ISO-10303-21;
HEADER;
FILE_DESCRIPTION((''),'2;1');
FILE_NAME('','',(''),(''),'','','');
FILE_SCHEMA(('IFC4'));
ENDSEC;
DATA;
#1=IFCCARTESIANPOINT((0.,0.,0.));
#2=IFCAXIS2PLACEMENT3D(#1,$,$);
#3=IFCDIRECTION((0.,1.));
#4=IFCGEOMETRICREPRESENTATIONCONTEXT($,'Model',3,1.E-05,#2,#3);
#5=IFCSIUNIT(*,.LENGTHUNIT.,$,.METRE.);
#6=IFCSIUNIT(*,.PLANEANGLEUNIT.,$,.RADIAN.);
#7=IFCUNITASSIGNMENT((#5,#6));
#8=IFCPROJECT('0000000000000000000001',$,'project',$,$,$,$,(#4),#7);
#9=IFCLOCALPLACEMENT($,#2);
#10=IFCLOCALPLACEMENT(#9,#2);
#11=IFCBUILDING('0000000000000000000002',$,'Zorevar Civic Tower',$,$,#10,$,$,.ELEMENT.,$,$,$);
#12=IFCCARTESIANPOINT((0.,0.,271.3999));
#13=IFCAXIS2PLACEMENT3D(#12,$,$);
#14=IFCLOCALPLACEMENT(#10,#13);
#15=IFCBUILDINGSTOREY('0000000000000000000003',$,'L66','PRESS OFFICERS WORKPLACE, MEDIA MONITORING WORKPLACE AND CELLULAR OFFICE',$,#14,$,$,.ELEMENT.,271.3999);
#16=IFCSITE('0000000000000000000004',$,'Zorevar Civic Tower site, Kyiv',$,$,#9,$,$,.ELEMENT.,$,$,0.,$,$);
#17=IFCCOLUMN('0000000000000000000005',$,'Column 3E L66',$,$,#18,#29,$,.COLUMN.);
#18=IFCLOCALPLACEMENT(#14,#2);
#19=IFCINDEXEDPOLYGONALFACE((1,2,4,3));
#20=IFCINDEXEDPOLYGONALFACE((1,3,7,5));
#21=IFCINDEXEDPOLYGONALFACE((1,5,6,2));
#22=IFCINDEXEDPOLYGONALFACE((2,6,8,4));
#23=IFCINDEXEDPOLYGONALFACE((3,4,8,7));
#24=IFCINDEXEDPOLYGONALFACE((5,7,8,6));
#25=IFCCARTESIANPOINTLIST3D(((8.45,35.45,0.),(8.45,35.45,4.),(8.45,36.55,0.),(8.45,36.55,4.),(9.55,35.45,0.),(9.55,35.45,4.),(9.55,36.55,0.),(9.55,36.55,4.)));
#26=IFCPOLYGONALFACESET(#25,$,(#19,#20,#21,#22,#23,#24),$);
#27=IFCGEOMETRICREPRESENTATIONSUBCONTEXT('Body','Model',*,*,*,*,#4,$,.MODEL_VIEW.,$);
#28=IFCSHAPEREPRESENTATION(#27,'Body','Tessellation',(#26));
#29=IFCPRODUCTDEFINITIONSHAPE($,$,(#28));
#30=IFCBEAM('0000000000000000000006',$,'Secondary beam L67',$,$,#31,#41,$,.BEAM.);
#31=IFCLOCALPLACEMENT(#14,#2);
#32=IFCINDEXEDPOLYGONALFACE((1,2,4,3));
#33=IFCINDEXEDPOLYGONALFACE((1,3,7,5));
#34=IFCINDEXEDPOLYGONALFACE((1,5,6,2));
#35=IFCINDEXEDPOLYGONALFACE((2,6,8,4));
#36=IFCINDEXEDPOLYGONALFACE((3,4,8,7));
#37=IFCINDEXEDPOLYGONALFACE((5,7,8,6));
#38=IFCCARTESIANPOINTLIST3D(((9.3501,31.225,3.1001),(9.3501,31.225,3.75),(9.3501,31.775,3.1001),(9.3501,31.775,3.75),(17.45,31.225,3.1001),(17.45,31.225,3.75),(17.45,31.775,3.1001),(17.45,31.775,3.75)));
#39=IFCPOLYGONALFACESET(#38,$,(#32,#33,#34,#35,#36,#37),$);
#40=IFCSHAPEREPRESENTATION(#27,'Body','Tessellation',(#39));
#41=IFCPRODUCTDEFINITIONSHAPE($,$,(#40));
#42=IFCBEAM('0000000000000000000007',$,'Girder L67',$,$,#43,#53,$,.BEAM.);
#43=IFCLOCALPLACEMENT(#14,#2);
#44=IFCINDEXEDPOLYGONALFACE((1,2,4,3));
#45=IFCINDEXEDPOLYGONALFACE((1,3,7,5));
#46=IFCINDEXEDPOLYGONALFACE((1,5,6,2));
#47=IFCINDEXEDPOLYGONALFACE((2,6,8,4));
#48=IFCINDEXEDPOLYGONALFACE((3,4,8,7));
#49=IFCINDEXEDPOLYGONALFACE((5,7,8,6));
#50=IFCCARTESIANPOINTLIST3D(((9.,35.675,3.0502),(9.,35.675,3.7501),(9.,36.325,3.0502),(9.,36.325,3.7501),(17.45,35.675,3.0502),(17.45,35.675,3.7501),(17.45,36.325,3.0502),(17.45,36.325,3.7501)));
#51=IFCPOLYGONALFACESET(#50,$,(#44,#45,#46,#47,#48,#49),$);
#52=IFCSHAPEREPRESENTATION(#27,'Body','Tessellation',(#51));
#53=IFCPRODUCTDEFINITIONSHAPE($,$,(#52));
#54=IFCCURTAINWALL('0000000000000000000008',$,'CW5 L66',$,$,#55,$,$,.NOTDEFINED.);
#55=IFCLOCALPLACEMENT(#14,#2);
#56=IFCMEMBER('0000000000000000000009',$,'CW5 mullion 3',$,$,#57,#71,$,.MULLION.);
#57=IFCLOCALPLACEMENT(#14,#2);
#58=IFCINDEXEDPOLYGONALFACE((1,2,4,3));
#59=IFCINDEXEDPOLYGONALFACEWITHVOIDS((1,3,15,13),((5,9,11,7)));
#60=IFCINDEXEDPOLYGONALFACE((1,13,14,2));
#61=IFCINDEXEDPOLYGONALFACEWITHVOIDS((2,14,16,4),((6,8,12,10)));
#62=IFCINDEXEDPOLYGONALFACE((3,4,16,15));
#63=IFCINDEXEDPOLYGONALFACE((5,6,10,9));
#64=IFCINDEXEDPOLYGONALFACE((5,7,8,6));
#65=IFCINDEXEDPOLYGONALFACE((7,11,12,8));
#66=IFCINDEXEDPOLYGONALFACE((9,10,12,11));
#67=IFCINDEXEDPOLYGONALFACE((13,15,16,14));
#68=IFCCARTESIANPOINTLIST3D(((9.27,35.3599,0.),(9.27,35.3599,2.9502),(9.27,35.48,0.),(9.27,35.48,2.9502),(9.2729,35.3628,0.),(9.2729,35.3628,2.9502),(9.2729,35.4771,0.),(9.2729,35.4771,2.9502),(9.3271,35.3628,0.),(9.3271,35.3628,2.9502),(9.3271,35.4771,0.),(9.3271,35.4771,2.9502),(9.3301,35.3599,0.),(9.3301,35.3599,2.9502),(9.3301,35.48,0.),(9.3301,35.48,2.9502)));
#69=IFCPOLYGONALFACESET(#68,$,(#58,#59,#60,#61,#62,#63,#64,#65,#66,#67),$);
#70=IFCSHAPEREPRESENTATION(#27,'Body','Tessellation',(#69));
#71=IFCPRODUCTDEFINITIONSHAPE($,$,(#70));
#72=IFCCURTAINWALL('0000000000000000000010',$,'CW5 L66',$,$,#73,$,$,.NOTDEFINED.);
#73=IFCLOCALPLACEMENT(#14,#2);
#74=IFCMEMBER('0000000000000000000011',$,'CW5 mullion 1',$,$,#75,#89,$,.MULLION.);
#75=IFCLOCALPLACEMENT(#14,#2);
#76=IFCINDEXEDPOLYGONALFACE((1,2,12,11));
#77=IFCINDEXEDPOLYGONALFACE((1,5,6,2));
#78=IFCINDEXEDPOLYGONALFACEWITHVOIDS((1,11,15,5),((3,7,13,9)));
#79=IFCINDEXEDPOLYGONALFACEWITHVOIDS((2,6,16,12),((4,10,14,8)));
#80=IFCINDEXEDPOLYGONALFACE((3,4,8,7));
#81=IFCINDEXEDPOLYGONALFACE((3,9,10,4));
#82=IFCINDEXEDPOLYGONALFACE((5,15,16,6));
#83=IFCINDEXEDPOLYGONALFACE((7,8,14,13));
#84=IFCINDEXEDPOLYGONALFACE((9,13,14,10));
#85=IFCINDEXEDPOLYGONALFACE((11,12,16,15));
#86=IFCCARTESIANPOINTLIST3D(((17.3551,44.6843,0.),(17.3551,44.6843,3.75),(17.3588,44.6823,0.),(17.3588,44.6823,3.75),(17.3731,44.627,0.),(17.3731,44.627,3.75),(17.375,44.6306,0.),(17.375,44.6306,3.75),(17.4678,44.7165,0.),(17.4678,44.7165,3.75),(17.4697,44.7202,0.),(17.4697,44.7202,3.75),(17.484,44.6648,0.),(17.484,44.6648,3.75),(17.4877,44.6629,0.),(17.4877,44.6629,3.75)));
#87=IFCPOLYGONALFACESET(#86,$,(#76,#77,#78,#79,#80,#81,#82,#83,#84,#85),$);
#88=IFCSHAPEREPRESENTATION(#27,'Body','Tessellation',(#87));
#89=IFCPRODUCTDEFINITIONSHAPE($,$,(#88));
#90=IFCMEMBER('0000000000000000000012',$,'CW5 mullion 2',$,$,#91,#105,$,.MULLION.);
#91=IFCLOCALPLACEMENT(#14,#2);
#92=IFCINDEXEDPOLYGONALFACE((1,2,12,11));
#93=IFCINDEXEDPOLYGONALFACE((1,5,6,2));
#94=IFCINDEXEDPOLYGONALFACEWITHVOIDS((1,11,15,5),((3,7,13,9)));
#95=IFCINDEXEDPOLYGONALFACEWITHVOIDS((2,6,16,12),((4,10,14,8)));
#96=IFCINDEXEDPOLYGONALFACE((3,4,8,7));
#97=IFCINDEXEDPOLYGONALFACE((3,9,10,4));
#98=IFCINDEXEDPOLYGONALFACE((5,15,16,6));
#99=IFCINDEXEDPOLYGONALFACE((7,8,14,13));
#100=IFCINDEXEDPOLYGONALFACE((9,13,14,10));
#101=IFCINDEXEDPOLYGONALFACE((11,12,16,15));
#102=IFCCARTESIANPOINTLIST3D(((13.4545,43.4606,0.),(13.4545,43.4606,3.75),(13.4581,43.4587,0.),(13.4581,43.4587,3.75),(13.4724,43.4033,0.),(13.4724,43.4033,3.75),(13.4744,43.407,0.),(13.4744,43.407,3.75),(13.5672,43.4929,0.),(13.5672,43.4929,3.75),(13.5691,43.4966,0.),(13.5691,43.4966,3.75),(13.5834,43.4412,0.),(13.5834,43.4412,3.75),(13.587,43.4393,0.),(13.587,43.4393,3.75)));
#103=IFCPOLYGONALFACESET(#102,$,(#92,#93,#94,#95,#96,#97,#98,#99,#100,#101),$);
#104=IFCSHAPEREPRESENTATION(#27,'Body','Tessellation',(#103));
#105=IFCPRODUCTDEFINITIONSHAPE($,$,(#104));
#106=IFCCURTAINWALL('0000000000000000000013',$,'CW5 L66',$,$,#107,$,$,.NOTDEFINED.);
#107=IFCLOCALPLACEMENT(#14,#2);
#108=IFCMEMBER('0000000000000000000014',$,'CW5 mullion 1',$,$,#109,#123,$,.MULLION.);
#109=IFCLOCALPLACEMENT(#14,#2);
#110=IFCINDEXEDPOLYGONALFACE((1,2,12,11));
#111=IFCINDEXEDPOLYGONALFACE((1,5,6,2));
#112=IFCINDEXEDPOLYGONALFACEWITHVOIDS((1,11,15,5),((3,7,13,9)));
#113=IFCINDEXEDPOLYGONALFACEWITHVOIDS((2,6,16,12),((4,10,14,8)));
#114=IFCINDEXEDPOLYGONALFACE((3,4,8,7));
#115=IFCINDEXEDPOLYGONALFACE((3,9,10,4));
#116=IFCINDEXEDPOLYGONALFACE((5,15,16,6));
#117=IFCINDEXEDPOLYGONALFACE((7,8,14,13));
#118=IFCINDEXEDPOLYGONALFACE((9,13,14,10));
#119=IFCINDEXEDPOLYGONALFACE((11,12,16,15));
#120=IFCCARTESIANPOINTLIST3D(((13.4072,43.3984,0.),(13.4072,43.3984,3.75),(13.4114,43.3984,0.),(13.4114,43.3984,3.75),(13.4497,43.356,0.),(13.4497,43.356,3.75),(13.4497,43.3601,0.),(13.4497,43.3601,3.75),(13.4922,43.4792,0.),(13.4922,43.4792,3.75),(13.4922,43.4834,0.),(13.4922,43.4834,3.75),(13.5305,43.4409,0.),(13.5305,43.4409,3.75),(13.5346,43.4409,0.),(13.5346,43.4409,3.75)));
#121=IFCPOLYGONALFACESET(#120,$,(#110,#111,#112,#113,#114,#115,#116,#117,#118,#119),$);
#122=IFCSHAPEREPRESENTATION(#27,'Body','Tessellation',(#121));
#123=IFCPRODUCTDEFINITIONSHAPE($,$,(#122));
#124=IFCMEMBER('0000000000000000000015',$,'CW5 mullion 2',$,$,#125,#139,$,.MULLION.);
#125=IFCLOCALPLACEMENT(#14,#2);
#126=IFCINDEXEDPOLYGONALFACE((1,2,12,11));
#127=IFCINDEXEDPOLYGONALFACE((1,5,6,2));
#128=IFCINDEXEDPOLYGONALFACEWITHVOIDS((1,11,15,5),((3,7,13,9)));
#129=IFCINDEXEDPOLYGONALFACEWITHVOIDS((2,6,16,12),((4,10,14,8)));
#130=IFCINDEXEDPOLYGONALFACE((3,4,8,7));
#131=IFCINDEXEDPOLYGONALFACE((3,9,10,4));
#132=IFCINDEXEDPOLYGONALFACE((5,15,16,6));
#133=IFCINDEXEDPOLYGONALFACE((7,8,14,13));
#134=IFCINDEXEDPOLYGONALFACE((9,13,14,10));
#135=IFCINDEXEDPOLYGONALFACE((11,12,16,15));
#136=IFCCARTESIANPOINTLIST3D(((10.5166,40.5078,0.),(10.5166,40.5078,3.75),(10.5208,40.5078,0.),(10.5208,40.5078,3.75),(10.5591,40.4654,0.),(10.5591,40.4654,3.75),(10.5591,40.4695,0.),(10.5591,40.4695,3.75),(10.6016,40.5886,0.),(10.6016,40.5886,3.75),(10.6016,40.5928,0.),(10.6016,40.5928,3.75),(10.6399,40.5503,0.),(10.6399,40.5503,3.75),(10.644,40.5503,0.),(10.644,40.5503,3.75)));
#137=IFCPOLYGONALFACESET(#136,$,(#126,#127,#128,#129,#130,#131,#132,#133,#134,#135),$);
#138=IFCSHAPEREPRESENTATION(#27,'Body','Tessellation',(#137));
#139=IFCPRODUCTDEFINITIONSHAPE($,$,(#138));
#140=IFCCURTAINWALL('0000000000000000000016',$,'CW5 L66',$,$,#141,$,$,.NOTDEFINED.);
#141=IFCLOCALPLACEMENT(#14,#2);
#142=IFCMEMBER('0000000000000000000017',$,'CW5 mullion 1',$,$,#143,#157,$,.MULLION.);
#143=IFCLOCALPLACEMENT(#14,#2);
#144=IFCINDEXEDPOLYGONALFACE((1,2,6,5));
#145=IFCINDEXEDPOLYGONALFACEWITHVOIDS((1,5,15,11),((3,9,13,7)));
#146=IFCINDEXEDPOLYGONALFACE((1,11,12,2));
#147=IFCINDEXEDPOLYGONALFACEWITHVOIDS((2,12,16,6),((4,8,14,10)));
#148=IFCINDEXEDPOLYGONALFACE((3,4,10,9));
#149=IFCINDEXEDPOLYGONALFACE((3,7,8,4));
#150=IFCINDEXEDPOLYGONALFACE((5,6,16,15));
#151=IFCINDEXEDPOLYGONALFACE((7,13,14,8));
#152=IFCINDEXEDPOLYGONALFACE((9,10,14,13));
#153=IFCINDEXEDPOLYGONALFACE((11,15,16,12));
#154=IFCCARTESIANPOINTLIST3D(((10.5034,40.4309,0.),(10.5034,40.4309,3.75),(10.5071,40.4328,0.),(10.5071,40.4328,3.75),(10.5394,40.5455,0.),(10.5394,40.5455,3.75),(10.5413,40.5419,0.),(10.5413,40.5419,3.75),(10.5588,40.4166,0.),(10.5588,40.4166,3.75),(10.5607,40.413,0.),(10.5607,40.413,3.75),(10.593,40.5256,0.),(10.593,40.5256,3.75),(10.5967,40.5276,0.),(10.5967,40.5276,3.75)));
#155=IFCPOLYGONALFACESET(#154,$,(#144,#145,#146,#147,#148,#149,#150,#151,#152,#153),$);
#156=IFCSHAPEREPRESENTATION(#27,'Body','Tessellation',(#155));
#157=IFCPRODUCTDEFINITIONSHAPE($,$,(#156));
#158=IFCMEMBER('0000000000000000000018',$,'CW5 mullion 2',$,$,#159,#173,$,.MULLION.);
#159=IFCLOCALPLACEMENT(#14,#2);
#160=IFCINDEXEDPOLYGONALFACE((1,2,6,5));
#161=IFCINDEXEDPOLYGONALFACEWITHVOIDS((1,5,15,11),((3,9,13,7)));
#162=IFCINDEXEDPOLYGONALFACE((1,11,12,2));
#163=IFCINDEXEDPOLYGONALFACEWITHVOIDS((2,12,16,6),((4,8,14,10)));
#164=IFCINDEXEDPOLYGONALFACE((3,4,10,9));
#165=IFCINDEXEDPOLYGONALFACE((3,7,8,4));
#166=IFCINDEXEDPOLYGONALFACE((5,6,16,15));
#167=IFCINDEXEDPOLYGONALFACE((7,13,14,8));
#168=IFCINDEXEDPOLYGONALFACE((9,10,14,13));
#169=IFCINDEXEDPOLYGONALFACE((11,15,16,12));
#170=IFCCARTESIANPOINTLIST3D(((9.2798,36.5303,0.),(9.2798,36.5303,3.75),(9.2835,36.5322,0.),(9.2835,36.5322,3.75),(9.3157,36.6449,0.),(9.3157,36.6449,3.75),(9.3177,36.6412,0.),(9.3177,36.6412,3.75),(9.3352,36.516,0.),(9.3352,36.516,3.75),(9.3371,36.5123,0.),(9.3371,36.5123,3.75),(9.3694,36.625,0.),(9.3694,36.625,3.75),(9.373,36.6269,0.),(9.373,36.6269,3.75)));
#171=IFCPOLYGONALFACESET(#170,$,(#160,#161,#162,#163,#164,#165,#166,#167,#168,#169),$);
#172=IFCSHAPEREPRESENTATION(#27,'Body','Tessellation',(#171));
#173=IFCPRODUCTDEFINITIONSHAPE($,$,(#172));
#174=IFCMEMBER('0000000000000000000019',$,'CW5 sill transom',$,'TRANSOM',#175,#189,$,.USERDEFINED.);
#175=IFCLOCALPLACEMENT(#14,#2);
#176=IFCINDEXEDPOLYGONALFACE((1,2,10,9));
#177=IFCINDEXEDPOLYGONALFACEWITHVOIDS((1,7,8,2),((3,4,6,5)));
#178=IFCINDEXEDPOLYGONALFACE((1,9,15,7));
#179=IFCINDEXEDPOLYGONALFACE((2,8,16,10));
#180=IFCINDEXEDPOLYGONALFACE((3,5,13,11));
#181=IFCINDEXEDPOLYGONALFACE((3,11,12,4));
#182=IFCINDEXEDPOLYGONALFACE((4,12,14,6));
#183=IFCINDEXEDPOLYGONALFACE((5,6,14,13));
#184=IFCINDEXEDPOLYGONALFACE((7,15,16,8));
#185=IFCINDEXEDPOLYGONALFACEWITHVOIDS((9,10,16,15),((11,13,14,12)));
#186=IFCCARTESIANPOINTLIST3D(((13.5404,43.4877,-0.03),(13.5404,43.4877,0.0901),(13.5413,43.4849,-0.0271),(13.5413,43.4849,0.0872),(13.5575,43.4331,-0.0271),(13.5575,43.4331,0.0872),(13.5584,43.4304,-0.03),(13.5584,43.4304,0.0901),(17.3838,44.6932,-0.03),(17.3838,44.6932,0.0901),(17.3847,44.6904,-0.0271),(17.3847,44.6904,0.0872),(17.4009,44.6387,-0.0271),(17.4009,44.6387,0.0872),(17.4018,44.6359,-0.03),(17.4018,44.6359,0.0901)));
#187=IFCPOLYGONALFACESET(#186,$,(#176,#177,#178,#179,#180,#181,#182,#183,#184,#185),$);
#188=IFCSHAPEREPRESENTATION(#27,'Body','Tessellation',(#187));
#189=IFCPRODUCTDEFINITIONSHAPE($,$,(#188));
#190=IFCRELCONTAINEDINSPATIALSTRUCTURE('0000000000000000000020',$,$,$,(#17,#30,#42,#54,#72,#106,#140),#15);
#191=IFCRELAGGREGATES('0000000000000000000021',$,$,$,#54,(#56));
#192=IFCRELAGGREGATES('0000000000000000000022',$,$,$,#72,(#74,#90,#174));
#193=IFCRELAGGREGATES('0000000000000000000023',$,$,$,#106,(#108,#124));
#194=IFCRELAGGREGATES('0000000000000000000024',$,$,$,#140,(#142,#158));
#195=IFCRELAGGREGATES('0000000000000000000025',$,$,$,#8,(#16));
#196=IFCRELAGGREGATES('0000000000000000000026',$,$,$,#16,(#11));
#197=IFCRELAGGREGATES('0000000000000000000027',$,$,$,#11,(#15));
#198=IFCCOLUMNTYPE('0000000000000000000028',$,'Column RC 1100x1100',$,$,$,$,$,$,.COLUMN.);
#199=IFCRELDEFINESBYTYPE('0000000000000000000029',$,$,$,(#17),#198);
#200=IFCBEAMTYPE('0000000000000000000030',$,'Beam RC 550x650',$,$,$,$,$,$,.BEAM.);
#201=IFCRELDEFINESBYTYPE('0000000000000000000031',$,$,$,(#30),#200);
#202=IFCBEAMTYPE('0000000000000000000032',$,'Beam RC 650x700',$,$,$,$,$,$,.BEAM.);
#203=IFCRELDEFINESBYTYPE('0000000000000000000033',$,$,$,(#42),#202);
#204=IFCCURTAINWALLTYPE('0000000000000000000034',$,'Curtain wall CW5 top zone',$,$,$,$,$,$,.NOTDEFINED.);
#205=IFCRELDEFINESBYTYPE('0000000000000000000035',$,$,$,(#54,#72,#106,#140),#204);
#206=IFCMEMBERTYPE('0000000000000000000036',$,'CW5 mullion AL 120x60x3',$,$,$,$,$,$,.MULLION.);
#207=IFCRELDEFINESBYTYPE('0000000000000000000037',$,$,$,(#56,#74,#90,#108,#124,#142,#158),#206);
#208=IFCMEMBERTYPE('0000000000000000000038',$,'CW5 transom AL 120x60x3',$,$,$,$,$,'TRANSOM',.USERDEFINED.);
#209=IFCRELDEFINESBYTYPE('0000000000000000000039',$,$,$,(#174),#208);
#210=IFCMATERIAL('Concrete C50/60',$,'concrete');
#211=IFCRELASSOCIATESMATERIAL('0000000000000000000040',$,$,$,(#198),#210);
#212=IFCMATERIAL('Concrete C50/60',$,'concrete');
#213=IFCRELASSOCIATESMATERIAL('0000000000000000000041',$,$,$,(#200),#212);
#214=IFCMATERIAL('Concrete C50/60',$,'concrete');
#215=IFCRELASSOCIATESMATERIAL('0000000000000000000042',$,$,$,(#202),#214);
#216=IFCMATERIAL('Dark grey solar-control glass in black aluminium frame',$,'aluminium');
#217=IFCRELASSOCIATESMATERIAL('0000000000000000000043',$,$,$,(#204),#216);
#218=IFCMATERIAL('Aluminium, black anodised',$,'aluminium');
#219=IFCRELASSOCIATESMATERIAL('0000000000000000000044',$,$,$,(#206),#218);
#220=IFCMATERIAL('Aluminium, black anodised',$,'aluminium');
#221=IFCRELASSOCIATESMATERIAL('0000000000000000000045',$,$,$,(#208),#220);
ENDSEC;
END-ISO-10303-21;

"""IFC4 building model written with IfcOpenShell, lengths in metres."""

from ifc_helpers import new_model, si_unit, direction, frame, origin, origin_2d, place, context, subcontext, project, spatial, rectangle, hollow_rectangle, extrude, material, material_profile, profile_set, type_object, element, aggregate, save


model = new_model("IFC4")

# Units and contexts
model_context = context("Model", 3, precision=1e-05, world=origin(), true_north=direction((0.0, 1.0)))
body_context = subcontext(model_context, "Body", "Model", "MODEL_VIEW")
ifc_project = project(units=[si_unit("LENGTHUNIT", "METRE"), si_unit("PLANEANGLEUNIT", "RADIAN")], contexts=[model_context])

# Site, building, storey
site_placement = place(None, origin())
site = spatial("IfcSite", under=ifc_project, at=site_placement, Name="Zorevar Civic Tower site, Kyiv", CompositionType="ELEMENT", RefElevation=0.0)
building_placement = place(site_placement, origin())
building = spatial("IfcBuilding", under=site, at=building_placement, Name="Zorevar Civic Tower", CompositionType="ELEMENT")
storey_placement = place(building_placement, frame((0.0, 0.0, 271.3999)))
storey = spatial("IfcBuildingStorey", under=building, at=storey_placement, Name="L66", Description="PRESS OFFICERS WORKPLACE, MEDIA MONITORING WORKPLACE AND CELLULAR OFFICE", CompositionType="ELEMENT", Elevation=271.3999)

# Column
ifc_material_1 = material(Name="Concrete C50/60", Category="concrete")
ifc_material_profile_1 = material_profile(ifc_material_1, rectangle(XDim=1.1001, YDim=1.1001, at=origin_2d()), Name="RC 1100x1100")
ifc_profile_set_1 = profile_set([ifc_material_profile_1], Name="Concrete C50/60")
column_type = type_object("IfcColumnType", Name="Column RC 1100x1100", PredefinedType="COLUMN", material=ifc_profile_set_1)
column_placement = place(storey_placement, frame((9.0, 36.0, 0.0), z_axis=(0.0, 0.0, 1.0), x_axis=(1.0, 0.0, 0.0)))
element("IfcColumn", 1, at=column_placement, inside=storey, type_object=column_type, Name="Column 3E L66", PredefinedType="COLUMN", context=body_context, shape_type="SweptSolid", body=[
    extrude(rectangle(XDim=1.1001, YDim=1.1001, at=origin_2d()), origin(), (0.0, 0.0, 1.0), 4.0),
])

# Beams
ifc_material_2 = material(Name="Concrete C50/60", Category="concrete")
ifc_material_profile_2 = material_profile(ifc_material_2, rectangle(XDim=0.55, YDim=0.6499, at=origin_2d()), Name="RC 550x650")
ifc_profile_set_2 = profile_set([ifc_material_profile_2], Name="Concrete C50/60")
beam_type_1 = type_object("IfcBeamType", Name="Beam RC 550x650", PredefinedType="BEAM", material=ifc_profile_set_2)
beam_1_placement = place(storey_placement, frame((9.3501, 31.5, 3.425), z_axis=(1.0, 0.0, 0.0), x_axis=(0.0, 1.0, 0.0)))
element("IfcBeam", 2, at=beam_1_placement, inside=storey, type_object=beam_type_1, Name="Secondary beam L67", PredefinedType="BEAM", context=body_context, shape_type="SweptSolid", body=[
    extrude(rectangle(XDim=0.55, YDim=0.6499, at=origin_2d()), origin(), (0.0, 0.0, 1.0), 8.0999),
])
ifc_material_3 = material(Name="Concrete C50/60", Category="concrete")
ifc_material_profile_3 = material_profile(ifc_material_3, rectangle(XDim=0.6499, YDim=0.7, at=origin_2d()), Name="RC 650x700")
ifc_profile_set_3 = profile_set([ifc_material_profile_3], Name="Concrete C50/60")
beam_type_2 = type_object("IfcBeamType", Name="Beam RC 650x700", PredefinedType="BEAM", material=ifc_profile_set_3)
beam_2_placement = place(storey_placement, frame((9.0, 36.0, 3.4001), z_axis=(1.0, 0.0, 0.0), x_axis=(0.0, 1.0, 0.0)))
element("IfcBeam", 3, at=beam_2_placement, inside=storey, type_object=beam_type_2, Name="Girder L67", PredefinedType="BEAM", context=body_context, shape_type="SweptSolid", body=[
    extrude(rectangle(XDim=0.6499, YDim=0.7, at=origin_2d()), origin(), (0.0, 0.0, 1.0), 8.45),
])

# Curtain wall, member
ifc_material_4 = material(Name="Dark grey solar-control glass in black aluminium frame", Category="aluminium")
curtain_wall_type = type_object("IfcCurtainWallType", Name="Curtain wall CW5 top zone", PredefinedType="NOTDEFINED", material=ifc_material_4)
curtain_wall_1_placement = place(storey_placement, origin())
curtain_wall_1 = element("IfcCurtainWall", 4, at=curtain_wall_1_placement, inside=storey, type_object=curtain_wall_type, Name="CW5 L66", PredefinedType="NOTDEFINED")
ifc_material_5 = material(Name="Aluminium, black anodised", Category="aluminium")
ifc_material_profile_4 = material_profile(ifc_material_5, hollow_rectangle(XDim=0.0601, YDim=0.1201, WallThickness=0.0029, at=origin_2d()), Name="AL 120x60x3")
ifc_profile_set_4 = profile_set([ifc_material_profile_4], Name="Aluminium, black anodised")
member_type_1 = type_object("IfcMemberType", Name="CW5 mullion AL 120x60x3", PredefinedType="MULLION", material=ifc_profile_set_4)
member_1_placement = place(storey_placement, frame((9.3, 35.4199, 0.0), z_axis=(0.0, 0.0, 1.0), x_axis=(-1.0, 0.0, 0.0)))
member_1 = element("IfcMember", 5, at=member_1_placement, type_object=member_type_1, Name="CW5 mullion 3", PredefinedType="MULLION", context=body_context, shape_type="SweptSolid", body=[
    extrude(hollow_rectangle(XDim=0.0601, YDim=0.1201, WallThickness=0.0029, at=origin_2d()), origin(), (0.0, 0.0, 1.0), 2.9502),
])

# Curtain walls, members
curtain_wall_2_placement = place(storey_placement, origin())
curtain_wall_2 = element("IfcCurtainWall", 6, at=curtain_wall_2_placement, inside=storey, type_object=curtain_wall_type, Name="CW5 L66", PredefinedType="NOTDEFINED")
member_2_placement = place(storey_placement, frame((17.4214, 44.6736, 0.0), z_axis=(0.0, 0.0, 1.0), x_axis=(0.299318, -0.954153, 0.0)))
member_2 = element("IfcMember", 7, at=member_2_placement, type_object=member_type_1, Name="CW5 mullion 1", PredefinedType="MULLION", context=body_context, shape_type="SweptSolid", body=[
    extrude(hollow_rectangle(XDim=0.0601, YDim=0.1201, WallThickness=0.0029, at=origin_2d()), origin(), (0.0, 0.0, 1.0), 3.75),
])
member_3_placement = place(storey_placement, frame((13.5208, 43.45, 0.0), z_axis=(0.0, 0.0, 1.0), x_axis=(0.299318, -0.954153, 0.0)))
member_3 = element("IfcMember", 8, at=member_3_placement, type_object=member_type_1, Name="CW5 mullion 2", PredefinedType="MULLION", context=body_context, shape_type="SweptSolid", body=[
    extrude(hollow_rectangle(XDim=0.0601, YDim=0.1201, WallThickness=0.0029, at=origin_2d()), origin(), (0.0, 0.0, 1.0), 3.75),
])
curtain_wall_3_placement = place(storey_placement, origin())
curtain_wall_3 = element("IfcCurtainWall", 9, at=curtain_wall_3_placement, inside=storey, type_object=curtain_wall_type, Name="CW5 L66", PredefinedType="NOTDEFINED")
member_4_placement = place(storey_placement, frame((13.4709, 43.4197, 0.0), z_axis=(0.0, 0.0, 1.0), x_axis=(0.707107, -0.707107, 0.0)))
member_4 = element("IfcMember", 10, at=member_4_placement, type_object=member_type_1, Name="CW5 mullion 1", PredefinedType="MULLION", context=body_context, shape_type="SweptSolid", body=[
    extrude(hollow_rectangle(XDim=0.0601, YDim=0.1201, WallThickness=0.0029, at=origin_2d()), origin(), (0.0, 0.0, 1.0), 3.75),
])
member_5_placement = place(storey_placement, frame((10.5803, 40.5291, 0.0), z_axis=(0.0, 0.0, 1.0), x_axis=(0.707107, -0.707107, 0.0)))
member_5 = element("IfcMember", 11, at=member_5_placement, type_object=member_type_1, Name="CW5 mullion 2", PredefinedType="MULLION", context=body_context, shape_type="SweptSolid", body=[
    extrude(hollow_rectangle(XDim=0.0601, YDim=0.1201, WallThickness=0.0029, at=origin_2d()), origin(), (0.0, 0.0, 1.0), 3.75),
])
curtain_wall_4_placement = place(storey_placement, origin())
curtain_wall_4 = element("IfcCurtainWall", 12, at=curtain_wall_4_placement, inside=storey, type_object=curtain_wall_type, Name="CW5 L66", PredefinedType="NOTDEFINED")
member_6_placement = place(storey_placement, frame((10.55, 40.4792, 0.0), z_axis=(0.0, 0.0, 1.0), x_axis=(0.954153, -0.299318, 0.0)))
member_6 = element("IfcMember", 13, at=member_6_placement, type_object=member_type_1, Name="CW5 mullion 1", PredefinedType="MULLION", context=body_context, shape_type="SweptSolid", body=[
    extrude(hollow_rectangle(XDim=0.0601, YDim=0.1201, WallThickness=0.0029, at=origin_2d()), origin(), (0.0, 0.0, 1.0), 3.75),
])
member_7_placement = place(storey_placement, frame((9.3264, 36.5786, 0.0), z_axis=(0.0, 0.0, 1.0), x_axis=(0.954153, -0.299318, 0.0)))
member_7 = element("IfcMember", 14, at=member_7_placement, type_object=member_type_1, Name="CW5 mullion 2", PredefinedType="MULLION", context=body_context, shape_type="SweptSolid", body=[
    extrude(hollow_rectangle(XDim=0.0601, YDim=0.1201, WallThickness=0.0029, at=origin_2d()), origin(), (0.0, 0.0, 1.0), 3.75),
])

# Member
ifc_material_6 = material(Name="Aluminium, black anodised", Category="aluminium")
ifc_material_profile_5 = material_profile(ifc_material_6, hollow_rectangle(XDim=0.0601, YDim=0.1201, WallThickness=0.0029, at=origin_2d()), Name="AL 120x60x3")
ifc_profile_set_5 = profile_set([ifc_material_profile_5], Name="Aluminium, black anodised")
member_type_2 = type_object("IfcMemberType", Name="CW5 transom AL 120x60x3", ElementType="TRANSOM", PredefinedType="USERDEFINED", material=ifc_profile_set_5)
member_8_placement = place(storey_placement, frame((17.3928, 44.6646, 0.03), z_axis=(-0.954163, -0.299286, 0.0), x_axis=(0.299286, -0.954163, 0.0)))
member_8 = element("IfcMember", 15, at=member_8_placement, type_object=member_type_2, Name="CW5 sill transom", ObjectType="TRANSOM", PredefinedType="USERDEFINED", context=body_context, shape_type="SweptSolid", body=[
    extrude(hollow_rectangle(XDim=0.0601, YDim=0.1201, WallThickness=0.0029, at=origin_2d()), origin(), (0.0, 0.0, 1.0), 4.0281),
])

aggregate(curtain_wall_1, [member_1])
aggregate(curtain_wall_2, [member_2, member_3, member_8])
aggregate(curtain_wall_3, [member_4, member_5])
aggregate(curtain_wall_4, [member_6, member_7])

save(model, "model.ifc")
